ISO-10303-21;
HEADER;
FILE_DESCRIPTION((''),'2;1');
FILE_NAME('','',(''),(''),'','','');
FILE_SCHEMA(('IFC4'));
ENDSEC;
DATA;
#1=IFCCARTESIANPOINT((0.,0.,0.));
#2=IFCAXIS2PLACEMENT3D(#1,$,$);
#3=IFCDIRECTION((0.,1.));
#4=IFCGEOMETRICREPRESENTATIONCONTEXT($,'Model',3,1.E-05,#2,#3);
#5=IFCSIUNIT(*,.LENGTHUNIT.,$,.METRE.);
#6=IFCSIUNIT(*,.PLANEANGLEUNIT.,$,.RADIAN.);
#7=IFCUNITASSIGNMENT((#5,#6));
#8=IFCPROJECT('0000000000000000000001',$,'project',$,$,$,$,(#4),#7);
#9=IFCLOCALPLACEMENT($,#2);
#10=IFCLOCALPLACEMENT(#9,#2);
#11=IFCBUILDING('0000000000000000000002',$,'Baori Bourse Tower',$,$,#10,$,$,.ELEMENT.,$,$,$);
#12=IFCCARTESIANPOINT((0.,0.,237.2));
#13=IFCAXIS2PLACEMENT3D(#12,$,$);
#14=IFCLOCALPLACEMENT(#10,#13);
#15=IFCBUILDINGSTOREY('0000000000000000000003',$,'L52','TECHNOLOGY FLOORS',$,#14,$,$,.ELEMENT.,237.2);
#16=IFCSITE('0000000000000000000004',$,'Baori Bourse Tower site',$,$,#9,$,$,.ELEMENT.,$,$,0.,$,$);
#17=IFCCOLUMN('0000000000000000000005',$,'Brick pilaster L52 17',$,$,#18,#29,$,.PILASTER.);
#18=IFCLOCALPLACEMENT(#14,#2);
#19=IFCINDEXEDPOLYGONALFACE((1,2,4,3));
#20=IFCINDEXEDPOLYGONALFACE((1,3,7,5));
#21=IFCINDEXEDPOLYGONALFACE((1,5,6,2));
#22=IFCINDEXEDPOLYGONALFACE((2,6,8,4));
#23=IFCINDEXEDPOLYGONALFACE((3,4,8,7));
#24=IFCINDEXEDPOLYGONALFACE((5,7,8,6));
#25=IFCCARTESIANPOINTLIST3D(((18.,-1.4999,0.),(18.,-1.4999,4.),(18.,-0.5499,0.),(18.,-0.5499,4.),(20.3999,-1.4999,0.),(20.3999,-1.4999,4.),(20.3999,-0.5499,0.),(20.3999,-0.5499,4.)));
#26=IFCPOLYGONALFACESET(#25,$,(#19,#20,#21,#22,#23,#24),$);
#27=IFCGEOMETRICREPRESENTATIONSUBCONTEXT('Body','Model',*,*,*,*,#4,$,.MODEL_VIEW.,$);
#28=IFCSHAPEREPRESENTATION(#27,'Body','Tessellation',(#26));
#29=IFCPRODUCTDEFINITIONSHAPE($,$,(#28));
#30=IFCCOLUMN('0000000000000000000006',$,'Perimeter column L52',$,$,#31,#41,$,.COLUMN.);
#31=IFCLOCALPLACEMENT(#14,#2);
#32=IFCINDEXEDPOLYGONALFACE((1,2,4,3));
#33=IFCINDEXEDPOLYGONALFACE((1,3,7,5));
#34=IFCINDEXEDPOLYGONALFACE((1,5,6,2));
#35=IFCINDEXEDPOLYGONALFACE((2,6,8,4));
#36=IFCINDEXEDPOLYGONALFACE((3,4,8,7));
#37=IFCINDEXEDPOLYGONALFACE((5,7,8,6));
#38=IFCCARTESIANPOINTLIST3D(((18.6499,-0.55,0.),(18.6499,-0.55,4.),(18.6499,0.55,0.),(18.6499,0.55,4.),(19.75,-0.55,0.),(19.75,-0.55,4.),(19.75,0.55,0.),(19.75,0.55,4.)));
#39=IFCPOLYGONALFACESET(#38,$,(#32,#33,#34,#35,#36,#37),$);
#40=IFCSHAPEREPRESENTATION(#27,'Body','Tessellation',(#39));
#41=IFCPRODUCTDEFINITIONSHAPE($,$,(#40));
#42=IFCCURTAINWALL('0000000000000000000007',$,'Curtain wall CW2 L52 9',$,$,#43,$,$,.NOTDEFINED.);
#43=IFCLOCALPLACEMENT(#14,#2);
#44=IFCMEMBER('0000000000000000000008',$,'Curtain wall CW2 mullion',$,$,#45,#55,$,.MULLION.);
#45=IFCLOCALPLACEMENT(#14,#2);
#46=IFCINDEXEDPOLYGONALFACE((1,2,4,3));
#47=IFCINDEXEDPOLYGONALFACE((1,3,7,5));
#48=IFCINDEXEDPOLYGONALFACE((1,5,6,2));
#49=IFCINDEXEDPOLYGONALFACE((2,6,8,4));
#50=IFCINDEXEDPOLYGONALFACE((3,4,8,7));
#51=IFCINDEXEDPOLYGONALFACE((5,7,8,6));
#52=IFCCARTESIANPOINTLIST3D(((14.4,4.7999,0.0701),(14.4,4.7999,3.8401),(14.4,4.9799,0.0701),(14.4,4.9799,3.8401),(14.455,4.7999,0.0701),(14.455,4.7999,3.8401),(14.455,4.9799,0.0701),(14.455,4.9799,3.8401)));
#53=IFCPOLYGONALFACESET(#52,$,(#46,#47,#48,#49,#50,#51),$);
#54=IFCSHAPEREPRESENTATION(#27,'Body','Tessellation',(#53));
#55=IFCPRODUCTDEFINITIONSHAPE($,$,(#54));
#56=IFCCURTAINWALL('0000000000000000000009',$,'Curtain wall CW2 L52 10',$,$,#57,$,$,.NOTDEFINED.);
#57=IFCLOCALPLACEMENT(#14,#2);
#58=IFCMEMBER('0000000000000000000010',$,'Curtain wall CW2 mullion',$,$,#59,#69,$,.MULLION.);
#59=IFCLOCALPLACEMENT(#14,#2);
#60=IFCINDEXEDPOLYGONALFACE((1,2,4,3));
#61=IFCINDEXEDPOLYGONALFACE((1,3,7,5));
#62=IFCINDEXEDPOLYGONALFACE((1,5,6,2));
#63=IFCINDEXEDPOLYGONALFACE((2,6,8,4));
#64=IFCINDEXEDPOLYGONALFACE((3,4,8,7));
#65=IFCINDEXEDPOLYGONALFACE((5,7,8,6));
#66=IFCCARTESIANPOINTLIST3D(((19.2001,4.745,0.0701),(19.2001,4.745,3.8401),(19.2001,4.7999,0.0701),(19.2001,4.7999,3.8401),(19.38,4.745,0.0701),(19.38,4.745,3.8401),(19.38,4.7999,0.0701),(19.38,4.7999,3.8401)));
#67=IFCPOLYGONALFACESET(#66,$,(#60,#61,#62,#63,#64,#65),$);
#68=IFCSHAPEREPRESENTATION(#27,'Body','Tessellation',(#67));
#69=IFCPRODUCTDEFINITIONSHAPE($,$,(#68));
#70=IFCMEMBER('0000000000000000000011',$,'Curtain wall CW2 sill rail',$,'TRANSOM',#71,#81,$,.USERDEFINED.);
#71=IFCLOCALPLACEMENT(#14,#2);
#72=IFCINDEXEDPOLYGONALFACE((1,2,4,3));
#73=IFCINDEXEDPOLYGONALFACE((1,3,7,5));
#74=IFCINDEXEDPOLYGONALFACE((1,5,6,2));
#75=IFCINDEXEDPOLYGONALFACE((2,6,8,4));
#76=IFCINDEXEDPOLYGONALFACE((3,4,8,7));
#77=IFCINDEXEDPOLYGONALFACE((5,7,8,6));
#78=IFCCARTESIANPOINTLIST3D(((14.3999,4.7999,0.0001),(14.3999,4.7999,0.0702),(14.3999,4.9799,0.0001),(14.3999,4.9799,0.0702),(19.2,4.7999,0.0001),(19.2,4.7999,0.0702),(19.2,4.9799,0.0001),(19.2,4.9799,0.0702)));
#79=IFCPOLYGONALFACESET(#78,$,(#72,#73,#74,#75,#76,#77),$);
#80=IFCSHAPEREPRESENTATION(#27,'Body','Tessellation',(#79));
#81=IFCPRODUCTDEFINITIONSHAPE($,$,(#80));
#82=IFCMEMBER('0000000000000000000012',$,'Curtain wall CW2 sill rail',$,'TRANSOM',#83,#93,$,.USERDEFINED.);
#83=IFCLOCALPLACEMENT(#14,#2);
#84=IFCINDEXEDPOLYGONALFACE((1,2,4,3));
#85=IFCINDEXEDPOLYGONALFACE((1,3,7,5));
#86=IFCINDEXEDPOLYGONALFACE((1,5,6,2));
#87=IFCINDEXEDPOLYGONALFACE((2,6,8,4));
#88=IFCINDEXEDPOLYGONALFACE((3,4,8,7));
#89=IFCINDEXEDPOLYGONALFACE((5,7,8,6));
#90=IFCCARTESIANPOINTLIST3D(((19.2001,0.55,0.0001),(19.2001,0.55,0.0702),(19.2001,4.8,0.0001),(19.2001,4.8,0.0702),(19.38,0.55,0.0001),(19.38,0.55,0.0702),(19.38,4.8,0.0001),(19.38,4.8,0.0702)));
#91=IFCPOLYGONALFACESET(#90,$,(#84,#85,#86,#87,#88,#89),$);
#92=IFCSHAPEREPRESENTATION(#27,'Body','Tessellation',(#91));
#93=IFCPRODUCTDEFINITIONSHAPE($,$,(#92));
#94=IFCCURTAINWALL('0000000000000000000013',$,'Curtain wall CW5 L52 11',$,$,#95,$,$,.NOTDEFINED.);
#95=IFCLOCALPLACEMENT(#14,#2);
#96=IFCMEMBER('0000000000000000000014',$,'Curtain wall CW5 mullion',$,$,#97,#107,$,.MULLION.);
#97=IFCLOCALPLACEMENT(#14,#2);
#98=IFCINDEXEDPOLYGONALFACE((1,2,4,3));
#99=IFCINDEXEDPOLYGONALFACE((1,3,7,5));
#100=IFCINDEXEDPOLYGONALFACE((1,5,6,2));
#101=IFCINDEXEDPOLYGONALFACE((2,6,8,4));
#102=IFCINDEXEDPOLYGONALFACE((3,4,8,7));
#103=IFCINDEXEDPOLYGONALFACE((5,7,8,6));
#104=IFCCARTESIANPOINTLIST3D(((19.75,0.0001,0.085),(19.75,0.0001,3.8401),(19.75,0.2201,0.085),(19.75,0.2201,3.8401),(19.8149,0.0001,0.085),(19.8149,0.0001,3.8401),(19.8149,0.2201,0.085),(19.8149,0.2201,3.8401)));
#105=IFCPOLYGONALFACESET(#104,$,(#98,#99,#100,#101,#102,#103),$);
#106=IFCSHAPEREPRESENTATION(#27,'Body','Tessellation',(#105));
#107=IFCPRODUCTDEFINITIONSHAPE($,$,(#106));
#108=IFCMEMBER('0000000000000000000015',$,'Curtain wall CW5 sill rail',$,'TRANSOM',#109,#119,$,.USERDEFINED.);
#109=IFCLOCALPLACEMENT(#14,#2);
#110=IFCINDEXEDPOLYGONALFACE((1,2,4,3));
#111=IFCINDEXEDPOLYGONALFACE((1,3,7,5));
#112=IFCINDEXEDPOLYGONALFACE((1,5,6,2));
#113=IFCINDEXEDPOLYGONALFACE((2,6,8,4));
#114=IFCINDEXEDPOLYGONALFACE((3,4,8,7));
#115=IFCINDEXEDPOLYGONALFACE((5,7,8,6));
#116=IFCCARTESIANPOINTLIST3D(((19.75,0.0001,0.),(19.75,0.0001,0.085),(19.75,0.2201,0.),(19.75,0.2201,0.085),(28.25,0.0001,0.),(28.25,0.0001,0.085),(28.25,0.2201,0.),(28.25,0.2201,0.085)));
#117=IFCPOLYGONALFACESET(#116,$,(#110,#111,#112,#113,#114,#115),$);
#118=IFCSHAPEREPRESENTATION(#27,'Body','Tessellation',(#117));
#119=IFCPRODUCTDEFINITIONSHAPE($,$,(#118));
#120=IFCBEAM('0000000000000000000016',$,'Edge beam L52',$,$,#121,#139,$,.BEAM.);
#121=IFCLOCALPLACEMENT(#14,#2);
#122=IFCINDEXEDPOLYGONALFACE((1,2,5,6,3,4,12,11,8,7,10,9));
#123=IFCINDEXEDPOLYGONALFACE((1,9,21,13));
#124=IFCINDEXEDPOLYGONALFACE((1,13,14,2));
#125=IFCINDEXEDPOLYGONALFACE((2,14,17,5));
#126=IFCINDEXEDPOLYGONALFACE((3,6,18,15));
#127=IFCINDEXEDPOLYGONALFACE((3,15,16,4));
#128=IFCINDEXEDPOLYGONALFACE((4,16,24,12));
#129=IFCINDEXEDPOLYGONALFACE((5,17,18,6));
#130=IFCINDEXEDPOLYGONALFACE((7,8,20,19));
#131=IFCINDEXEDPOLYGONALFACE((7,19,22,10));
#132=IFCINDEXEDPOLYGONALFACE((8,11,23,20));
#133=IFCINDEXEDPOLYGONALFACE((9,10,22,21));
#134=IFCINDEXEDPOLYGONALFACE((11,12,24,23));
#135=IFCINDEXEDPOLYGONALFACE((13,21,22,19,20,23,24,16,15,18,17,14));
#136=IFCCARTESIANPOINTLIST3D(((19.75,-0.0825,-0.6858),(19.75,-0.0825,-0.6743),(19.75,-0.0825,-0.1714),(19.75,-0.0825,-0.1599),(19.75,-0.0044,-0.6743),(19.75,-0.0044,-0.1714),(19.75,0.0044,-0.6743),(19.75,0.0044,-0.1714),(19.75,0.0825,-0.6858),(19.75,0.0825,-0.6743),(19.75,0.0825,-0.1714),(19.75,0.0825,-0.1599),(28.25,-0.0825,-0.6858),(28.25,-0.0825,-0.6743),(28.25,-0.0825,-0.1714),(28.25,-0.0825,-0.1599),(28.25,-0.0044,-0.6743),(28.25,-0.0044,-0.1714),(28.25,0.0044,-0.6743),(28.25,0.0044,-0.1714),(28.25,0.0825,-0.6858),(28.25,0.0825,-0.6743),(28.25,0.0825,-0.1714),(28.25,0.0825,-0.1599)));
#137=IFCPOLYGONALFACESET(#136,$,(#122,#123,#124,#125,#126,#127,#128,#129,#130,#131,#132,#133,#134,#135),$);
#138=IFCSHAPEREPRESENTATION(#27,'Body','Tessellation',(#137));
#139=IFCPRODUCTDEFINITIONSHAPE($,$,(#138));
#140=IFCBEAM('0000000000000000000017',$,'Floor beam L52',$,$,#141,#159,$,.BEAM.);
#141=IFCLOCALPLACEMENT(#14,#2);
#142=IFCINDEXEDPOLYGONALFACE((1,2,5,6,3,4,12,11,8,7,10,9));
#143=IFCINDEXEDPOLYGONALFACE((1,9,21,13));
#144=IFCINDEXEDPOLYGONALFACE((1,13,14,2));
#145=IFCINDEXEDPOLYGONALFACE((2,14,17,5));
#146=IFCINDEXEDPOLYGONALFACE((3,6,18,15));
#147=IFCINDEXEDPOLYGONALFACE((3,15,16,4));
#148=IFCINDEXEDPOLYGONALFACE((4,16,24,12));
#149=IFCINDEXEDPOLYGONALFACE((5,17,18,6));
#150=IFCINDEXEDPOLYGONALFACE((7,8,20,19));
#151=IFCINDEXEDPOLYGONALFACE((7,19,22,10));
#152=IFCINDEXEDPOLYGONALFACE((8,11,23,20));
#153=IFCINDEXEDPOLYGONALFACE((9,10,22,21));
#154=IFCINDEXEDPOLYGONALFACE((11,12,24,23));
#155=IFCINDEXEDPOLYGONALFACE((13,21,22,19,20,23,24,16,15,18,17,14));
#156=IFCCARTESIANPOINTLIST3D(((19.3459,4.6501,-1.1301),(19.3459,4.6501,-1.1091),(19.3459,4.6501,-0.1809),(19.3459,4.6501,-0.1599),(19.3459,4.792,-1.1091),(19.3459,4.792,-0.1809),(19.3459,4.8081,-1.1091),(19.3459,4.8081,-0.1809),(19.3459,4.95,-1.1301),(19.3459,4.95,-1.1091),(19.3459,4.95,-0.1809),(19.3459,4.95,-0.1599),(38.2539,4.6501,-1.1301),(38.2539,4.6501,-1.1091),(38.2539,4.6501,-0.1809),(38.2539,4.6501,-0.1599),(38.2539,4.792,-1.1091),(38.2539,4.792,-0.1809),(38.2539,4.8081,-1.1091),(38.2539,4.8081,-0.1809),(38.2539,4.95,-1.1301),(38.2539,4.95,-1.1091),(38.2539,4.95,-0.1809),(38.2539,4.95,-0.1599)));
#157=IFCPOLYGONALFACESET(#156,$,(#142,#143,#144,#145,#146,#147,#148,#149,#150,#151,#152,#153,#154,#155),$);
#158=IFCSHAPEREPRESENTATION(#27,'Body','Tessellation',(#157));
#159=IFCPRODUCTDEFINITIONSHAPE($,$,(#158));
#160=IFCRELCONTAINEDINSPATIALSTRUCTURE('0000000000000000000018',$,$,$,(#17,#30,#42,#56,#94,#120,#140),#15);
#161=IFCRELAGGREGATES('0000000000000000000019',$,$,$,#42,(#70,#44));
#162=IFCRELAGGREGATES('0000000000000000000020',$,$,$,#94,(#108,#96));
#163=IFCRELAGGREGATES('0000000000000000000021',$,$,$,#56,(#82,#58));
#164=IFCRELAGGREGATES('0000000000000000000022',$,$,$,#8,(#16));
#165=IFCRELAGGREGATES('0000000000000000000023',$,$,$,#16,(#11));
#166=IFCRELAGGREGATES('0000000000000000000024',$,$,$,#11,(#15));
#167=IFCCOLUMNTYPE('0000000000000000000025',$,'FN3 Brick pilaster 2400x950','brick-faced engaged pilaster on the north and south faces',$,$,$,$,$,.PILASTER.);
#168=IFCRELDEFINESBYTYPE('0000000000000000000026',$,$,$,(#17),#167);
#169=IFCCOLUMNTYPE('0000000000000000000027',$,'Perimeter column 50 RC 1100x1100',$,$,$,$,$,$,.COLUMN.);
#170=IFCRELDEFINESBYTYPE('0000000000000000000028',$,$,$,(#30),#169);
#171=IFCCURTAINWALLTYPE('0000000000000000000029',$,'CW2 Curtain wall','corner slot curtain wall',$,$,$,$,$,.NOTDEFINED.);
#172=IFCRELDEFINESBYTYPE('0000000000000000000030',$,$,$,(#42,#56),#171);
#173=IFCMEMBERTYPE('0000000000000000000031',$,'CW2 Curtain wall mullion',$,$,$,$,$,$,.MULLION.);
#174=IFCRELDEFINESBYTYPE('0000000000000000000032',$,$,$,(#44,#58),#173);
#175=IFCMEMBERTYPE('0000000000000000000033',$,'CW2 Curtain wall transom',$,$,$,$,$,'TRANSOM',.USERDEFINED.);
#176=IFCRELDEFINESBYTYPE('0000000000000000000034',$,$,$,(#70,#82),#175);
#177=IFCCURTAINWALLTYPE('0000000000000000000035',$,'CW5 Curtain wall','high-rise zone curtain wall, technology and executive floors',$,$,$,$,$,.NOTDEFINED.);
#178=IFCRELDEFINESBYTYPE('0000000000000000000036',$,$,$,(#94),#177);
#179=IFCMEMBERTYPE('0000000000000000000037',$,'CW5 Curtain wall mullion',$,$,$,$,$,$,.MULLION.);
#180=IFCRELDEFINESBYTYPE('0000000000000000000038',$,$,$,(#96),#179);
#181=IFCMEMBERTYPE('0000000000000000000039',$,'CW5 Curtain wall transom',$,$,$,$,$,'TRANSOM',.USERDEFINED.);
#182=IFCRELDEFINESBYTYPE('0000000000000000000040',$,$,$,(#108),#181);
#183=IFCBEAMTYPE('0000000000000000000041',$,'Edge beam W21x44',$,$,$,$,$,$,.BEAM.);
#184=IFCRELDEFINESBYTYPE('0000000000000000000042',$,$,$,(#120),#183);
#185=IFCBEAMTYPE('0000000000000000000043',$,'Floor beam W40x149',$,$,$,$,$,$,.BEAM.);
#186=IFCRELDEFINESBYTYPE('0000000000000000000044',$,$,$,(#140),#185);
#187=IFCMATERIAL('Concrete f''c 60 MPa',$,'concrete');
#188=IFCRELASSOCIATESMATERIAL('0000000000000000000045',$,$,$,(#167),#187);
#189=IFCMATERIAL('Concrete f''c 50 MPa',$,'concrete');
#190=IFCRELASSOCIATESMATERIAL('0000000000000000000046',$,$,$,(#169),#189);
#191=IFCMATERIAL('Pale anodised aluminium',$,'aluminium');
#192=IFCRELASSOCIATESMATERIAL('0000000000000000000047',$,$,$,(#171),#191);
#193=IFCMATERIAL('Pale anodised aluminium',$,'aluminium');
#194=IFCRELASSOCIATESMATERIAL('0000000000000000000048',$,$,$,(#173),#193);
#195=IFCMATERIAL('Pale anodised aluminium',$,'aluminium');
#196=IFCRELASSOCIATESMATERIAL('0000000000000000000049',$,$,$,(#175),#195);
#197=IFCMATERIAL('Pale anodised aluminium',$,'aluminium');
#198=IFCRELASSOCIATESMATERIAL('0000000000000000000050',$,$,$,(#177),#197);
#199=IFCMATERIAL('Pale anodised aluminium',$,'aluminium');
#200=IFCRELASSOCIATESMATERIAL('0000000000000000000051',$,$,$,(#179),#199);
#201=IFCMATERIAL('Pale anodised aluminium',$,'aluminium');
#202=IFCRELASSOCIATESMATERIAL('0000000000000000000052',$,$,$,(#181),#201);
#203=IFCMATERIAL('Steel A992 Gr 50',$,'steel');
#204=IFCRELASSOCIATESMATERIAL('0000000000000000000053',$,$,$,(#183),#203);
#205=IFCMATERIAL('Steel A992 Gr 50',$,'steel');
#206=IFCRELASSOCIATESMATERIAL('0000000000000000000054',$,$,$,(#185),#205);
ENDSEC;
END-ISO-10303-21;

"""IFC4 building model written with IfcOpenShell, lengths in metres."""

from ifc_helpers import new_model, si_unit, direction, frame, origin, origin_2d, place, context, subcontext, project, spatial, rectangle, i_section, extrude, material, material_profile, profile_set, type_object, element, aggregate, save


model = new_model("IFC4")

# Units and contexts
model_context = context("Model", 3, precision=1e-05, world=origin(), true_north=direction((0.0, 1.0)))
body_context = subcontext(model_context, "Body", "Model", "MODEL_VIEW")
ifc_project = project(units=[si_unit("LENGTHUNIT", "METRE"), si_unit("PLANEANGLEUNIT", "RADIAN")], contexts=[model_context])

# Site, building, storey
site_placement = place(None, origin())
site = spatial("IfcSite", under=ifc_project, at=site_placement, Name="Baori Bourse Tower site", CompositionType="ELEMENT", RefElevation=0.0)
building_placement = place(site_placement, origin())
building = spatial("IfcBuilding", under=site, at=building_placement, Name="Baori Bourse Tower", CompositionType="ELEMENT")
storey_placement = place(building_placement, frame((0.0, 0.0, 237.2)))
storey = spatial("IfcBuildingStorey", under=building, at=storey_placement, Name="L52", Description="TECHNOLOGY FLOORS", CompositionType="ELEMENT", Elevation=237.2)

# Columns
ifc_material_1 = material(Name="Concrete f'c 60 MPa", Category="concrete")
ifc_material_profile_1 = material_profile(ifc_material_1, rectangle(XDim=2.3999, YDim=0.95, at=origin_2d()), Name="RC 2400x950")
ifc_profile_set_1 = profile_set([ifc_material_profile_1], Name="Concrete f'c 60 MPa")
column_type_1 = type_object("IfcColumnType", Name="FN3 Brick pilaster 2400x950", Description="brick-faced engaged pilaster on the north and south faces", PredefinedType="PILASTER", material=ifc_profile_set_1)
column_1_placement = place(storey_placement, frame((19.2, -1.0249, 0.0), z_axis=(0.0, 0.0, 1.0), x_axis=(1.0, 0.0, 0.0)))
element("IfcColumn", 1, at=column_1_placement, inside=storey, type_object=column_type_1, Name="Brick pilaster L52 17", PredefinedType="PILASTER", context=body_context, shape_type="SweptSolid", body=[
    extrude(rectangle(XDim=2.3999, YDim=0.95, at=origin_2d()), origin(), (0.0, 0.0, 1.0), 4.0),
])
ifc_material_2 = material(Name="Concrete f'c 50 MPa", Category="concrete")
ifc_material_profile_2 = material_profile(ifc_material_2, rectangle(XDim=1.1001, YDim=1.1001, at=origin_2d()), Name="RC 1100x1100")
ifc_profile_set_2 = profile_set([ifc_material_profile_2], Name="Concrete f'c 50 MPa")
column_type_2 = type_object("IfcColumnType", Name="Perimeter column 50 RC 1100x1100", PredefinedType="COLUMN", material=ifc_profile_set_2)
column_2_placement = place(storey_placement, frame((19.2, 0.0, 0.0), z_axis=(0.0, 0.0, 1.0), x_axis=(1.0, 0.0, 0.0)))
element("IfcColumn", 2, at=column_2_placement, inside=storey, type_object=column_type_2, Name="Perimeter column L52", PredefinedType="COLUMN", context=body_context, shape_type="SweptSolid", body=[
    extrude(rectangle(XDim=1.1001, YDim=1.1001, at=origin_2d()), origin(), (0.0, 0.0, 1.0), 4.0),
])

# Curtain walls, members
ifc_material_3 = material(Name="Pale anodised aluminium", Category="aluminium")
curtain_wall_type_1 = type_object("IfcCurtainWallType", Name="CW2 Curtain wall", Description="corner slot curtain wall", PredefinedType="NOTDEFINED", material=ifc_material_3)
curtain_wall_1_placement = place(storey_placement, origin())
curtain_wall_1 = element("IfcCurtainWall", 3, at=curtain_wall_1_placement, inside=storey, type_object=curtain_wall_type_1, Name="Curtain wall CW2 L52 9", PredefinedType="NOTDEFINED")
ifc_material_4 = material(Name="Pale anodised aluminium", Category="aluminium")
ifc_material_profile_3 = material_profile(ifc_material_4, rectangle(XDim=0.1799, YDim=0.0549, at=origin_2d()), Name="Mullion 55x180")
ifc_profile_set_3 = profile_set([ifc_material_profile_3], Name="Pale anodised aluminium")
member_type_1 = type_object("IfcMemberType", Name="CW2 Curtain wall mullion", PredefinedType="MULLION", material=ifc_profile_set_3)
member_1_placement = place(storey_placement, frame((14.4275, 4.8899, 0.0701), z_axis=(0.0, 0.0, 1.0), x_axis=(0.0, 1.0, 0.0)))
member_1 = element("IfcMember", 4, at=member_1_placement, type_object=member_type_1, Name="Curtain wall CW2 mullion", PredefinedType="MULLION", context=body_context, shape_type="SweptSolid", body=[
    extrude(rectangle(XDim=0.1799, YDim=0.0549, at=origin_2d()), origin(), (0.0, 0.0, 1.0), 3.77),
])
curtain_wall_2_placement = place(storey_placement, origin())
curtain_wall_2 = element("IfcCurtainWall", 5, at=curtain_wall_2_placement, inside=storey, type_object=curtain_wall_type_1, Name="Curtain wall CW2 L52 10", PredefinedType="NOTDEFINED")
member_2_placement = place(storey_placement, frame((19.29, 4.7725, 0.0701), z_axis=(0.0, 0.0, 1.0), x_axis=(1.0, 0.0, 0.0)))
member_2 = element("IfcMember", 6, at=member_2_placement, type_object=member_type_1, Name="Curtain wall CW2 mullion", PredefinedType="MULLION", context=body_context, shape_type="SweptSolid", body=[
    extrude(rectangle(XDim=0.1799, YDim=0.0549, at=origin_2d()), origin(), (0.0, 0.0, 1.0), 3.77),
])

# Members
ifc_material_5 = material(Name="Pale anodised aluminium", Category="aluminium")
ifc_material_profile_4 = material_profile(ifc_material_5, rectangle(XDim=0.1799, YDim=0.0701, at=origin_2d()), Name="Transom 70x180")
ifc_profile_set_4 = profile_set([ifc_material_profile_4], Name="Pale anodised aluminium")
member_type_2 = type_object("IfcMemberType", Name="CW2 Curtain wall transom", ElementType="TRANSOM", PredefinedType="USERDEFINED", material=ifc_profile_set_4)
member_3_placement = place(storey_placement, frame((14.3999, 4.8899, 0.0352), z_axis=(1.0, 0.0, 0.0), x_axis=(0.0, 1.0, 0.0)))
member_3 = element("IfcMember", 7, at=member_3_placement, type_object=member_type_2, Name="Curtain wall CW2 sill rail", ObjectType="TRANSOM", PredefinedType="USERDEFINED", context=body_context, shape_type="SweptSolid", body=[
    extrude(rectangle(XDim=0.1799, YDim=0.0701, at=origin_2d()), origin(), (0.0, 0.0, 1.0), 4.8),
])
aggregate(curtain_wall_1, [member_3, member_1])
member_4_placement = place(storey_placement, frame((19.29, 4.8, 0.0352), z_axis=(0.0, -1.0, 0.0), x_axis=(1.0, 0.0, 0.0)))
member_4 = element("IfcMember", 8, at=member_4_placement, type_object=member_type_2, Name="Curtain wall CW2 sill rail", ObjectType="TRANSOM", PredefinedType="USERDEFINED", context=body_context, shape_type="SweptSolid", body=[
    extrude(rectangle(XDim=0.1799, YDim=0.0701, at=origin_2d()), origin(), (0.0, 0.0, 1.0), 4.25),
])

# Curtain wall, members
ifc_material_6 = material(Name="Pale anodised aluminium", Category="aluminium")
curtain_wall_type_2 = type_object("IfcCurtainWallType", Name="CW5 Curtain wall", Description="high-rise zone curtain wall, technology and executive floors", PredefinedType="NOTDEFINED", material=ifc_material_6)
curtain_wall_3_placement = place(storey_placement, origin())
curtain_wall_3 = element("IfcCurtainWall", 9, at=curtain_wall_3_placement, inside=storey, type_object=curtain_wall_type_2, Name="Curtain wall CW5 L52 11", PredefinedType="NOTDEFINED")
ifc_material_7 = material(Name="Pale anodised aluminium", Category="aluminium")
ifc_material_profile_5 = material_profile(ifc_material_7, rectangle(XDim=0.22, YDim=0.0649, at=origin_2d()), Name="Mullion 65x220")
ifc_profile_set_5 = profile_set([ifc_material_profile_5], Name="Pale anodised aluminium")
member_type_3 = type_object("IfcMemberType", Name="CW5 Curtain wall mullion", PredefinedType="MULLION", material=ifc_profile_set_5)
member_5_placement = place(storey_placement, frame((19.7825, 0.1101, 0.085), z_axis=(0.0, 0.0, 1.0), x_axis=(0.0, 1.0, 0.0)))
member_5 = element("IfcMember", 10, at=member_5_placement, type_object=member_type_3, Name="Curtain wall CW5 mullion", PredefinedType="MULLION", context=body_context, shape_type="SweptSolid", body=[
    extrude(rectangle(XDim=0.22, YDim=0.0649, at=origin_2d()), origin(), (0.0, 0.0, 1.0), 3.7551),
])
ifc_material_8 = material(Name="Pale anodised aluminium", Category="aluminium")
ifc_material_profile_6 = material_profile(ifc_material_8, rectangle(XDim=0.22, YDim=0.085, at=origin_2d()), Name="Transom 85x220")
ifc_profile_set_6 = profile_set([ifc_material_profile_6], Name="Pale anodised aluminium")
member_type_4 = type_object("IfcMemberType", Name="CW5 Curtain wall transom", ElementType="TRANSOM", PredefinedType="USERDEFINED", material=ifc_profile_set_6)
member_6_placement = place(storey_placement, frame((19.75, 0.1101, 0.0425), z_axis=(1.0, 0.0, 0.0), x_axis=(0.0, 1.0, 0.0)))
member_6 = element("IfcMember", 11, at=member_6_placement, type_object=member_type_4, Name="Curtain wall CW5 sill rail", ObjectType="TRANSOM", PredefinedType="USERDEFINED", context=body_context, shape_type="SweptSolid", body=[
    extrude(rectangle(XDim=0.22, YDim=0.085, at=origin_2d()), origin(), (0.0, 0.0, 1.0), 8.5),
])
aggregate(curtain_wall_3, [member_6, member_5])

# Beams
ifc_material_9 = material(Name="Steel A992 Gr 50", Category="steel")
ifc_material_profile_7 = material_profile(ifc_material_9, i_section(OverallWidth=0.165, OverallDepth=0.5259, WebThickness=0.0088, FlangeThickness=0.0115, at=origin_2d()), Name="W21x44")
ifc_profile_set_7 = profile_set([ifc_material_profile_7], Name="Steel A992 Gr 50")
beam_type_1 = type_object("IfcBeamType", Name="Edge beam W21x44", PredefinedType="BEAM", material=ifc_profile_set_7)
beam_1_placement = place(storey_placement, frame((19.75, 0.0, -0.4229), z_axis=(1.0, 0.0, 0.0), x_axis=(0.0, 1.0, 0.0)))
element("IfcBeam", 12, at=beam_1_placement, inside=storey, type_object=beam_type_1, Name="Edge beam L52", PredefinedType="BEAM", context=body_context, shape_type="SweptSolid", body=[
    extrude(i_section(OverallWidth=0.165, OverallDepth=0.5259, WebThickness=0.0088, FlangeThickness=0.0115, at=origin_2d()), origin(), (0.0, 0.0, 1.0), 8.5),
])
ifc_material_10 = material(Name="Steel A992 Gr 50", Category="steel")
ifc_material_profile_8 = material_profile(ifc_material_10, i_section(OverallWidth=0.2998, OverallDepth=0.9702, WebThickness=0.0161, FlangeThickness=0.021, at=origin_2d()), Name="W40x149")
ifc_profile_set_8 = profile_set([ifc_material_profile_8], Name="Steel A992 Gr 50")
beam_type_2 = type_object("IfcBeamType", Name="Floor beam W40x149", PredefinedType="BEAM", material=ifc_profile_set_8)
beam_2_placement = place(storey_placement, frame((19.3459, 4.8, -0.645), z_axis=(1.0, 0.0, 0.0), x_axis=(0.0, 1.0, 0.0)))
element("IfcBeam", 13, at=beam_2_placement, inside=storey, type_object=beam_type_2, Name="Floor beam L52", PredefinedType="BEAM", context=body_context, shape_type="SweptSolid", body=[
    extrude(i_section(OverallWidth=0.2998, OverallDepth=0.9702, WebThickness=0.0161, FlangeThickness=0.021, at=origin_2d()), origin(), (0.0, 0.0, 1.0), 18.908),
])

aggregate(curtain_wall_2, [member_4, member_2])

save(model, "model.ifc")
